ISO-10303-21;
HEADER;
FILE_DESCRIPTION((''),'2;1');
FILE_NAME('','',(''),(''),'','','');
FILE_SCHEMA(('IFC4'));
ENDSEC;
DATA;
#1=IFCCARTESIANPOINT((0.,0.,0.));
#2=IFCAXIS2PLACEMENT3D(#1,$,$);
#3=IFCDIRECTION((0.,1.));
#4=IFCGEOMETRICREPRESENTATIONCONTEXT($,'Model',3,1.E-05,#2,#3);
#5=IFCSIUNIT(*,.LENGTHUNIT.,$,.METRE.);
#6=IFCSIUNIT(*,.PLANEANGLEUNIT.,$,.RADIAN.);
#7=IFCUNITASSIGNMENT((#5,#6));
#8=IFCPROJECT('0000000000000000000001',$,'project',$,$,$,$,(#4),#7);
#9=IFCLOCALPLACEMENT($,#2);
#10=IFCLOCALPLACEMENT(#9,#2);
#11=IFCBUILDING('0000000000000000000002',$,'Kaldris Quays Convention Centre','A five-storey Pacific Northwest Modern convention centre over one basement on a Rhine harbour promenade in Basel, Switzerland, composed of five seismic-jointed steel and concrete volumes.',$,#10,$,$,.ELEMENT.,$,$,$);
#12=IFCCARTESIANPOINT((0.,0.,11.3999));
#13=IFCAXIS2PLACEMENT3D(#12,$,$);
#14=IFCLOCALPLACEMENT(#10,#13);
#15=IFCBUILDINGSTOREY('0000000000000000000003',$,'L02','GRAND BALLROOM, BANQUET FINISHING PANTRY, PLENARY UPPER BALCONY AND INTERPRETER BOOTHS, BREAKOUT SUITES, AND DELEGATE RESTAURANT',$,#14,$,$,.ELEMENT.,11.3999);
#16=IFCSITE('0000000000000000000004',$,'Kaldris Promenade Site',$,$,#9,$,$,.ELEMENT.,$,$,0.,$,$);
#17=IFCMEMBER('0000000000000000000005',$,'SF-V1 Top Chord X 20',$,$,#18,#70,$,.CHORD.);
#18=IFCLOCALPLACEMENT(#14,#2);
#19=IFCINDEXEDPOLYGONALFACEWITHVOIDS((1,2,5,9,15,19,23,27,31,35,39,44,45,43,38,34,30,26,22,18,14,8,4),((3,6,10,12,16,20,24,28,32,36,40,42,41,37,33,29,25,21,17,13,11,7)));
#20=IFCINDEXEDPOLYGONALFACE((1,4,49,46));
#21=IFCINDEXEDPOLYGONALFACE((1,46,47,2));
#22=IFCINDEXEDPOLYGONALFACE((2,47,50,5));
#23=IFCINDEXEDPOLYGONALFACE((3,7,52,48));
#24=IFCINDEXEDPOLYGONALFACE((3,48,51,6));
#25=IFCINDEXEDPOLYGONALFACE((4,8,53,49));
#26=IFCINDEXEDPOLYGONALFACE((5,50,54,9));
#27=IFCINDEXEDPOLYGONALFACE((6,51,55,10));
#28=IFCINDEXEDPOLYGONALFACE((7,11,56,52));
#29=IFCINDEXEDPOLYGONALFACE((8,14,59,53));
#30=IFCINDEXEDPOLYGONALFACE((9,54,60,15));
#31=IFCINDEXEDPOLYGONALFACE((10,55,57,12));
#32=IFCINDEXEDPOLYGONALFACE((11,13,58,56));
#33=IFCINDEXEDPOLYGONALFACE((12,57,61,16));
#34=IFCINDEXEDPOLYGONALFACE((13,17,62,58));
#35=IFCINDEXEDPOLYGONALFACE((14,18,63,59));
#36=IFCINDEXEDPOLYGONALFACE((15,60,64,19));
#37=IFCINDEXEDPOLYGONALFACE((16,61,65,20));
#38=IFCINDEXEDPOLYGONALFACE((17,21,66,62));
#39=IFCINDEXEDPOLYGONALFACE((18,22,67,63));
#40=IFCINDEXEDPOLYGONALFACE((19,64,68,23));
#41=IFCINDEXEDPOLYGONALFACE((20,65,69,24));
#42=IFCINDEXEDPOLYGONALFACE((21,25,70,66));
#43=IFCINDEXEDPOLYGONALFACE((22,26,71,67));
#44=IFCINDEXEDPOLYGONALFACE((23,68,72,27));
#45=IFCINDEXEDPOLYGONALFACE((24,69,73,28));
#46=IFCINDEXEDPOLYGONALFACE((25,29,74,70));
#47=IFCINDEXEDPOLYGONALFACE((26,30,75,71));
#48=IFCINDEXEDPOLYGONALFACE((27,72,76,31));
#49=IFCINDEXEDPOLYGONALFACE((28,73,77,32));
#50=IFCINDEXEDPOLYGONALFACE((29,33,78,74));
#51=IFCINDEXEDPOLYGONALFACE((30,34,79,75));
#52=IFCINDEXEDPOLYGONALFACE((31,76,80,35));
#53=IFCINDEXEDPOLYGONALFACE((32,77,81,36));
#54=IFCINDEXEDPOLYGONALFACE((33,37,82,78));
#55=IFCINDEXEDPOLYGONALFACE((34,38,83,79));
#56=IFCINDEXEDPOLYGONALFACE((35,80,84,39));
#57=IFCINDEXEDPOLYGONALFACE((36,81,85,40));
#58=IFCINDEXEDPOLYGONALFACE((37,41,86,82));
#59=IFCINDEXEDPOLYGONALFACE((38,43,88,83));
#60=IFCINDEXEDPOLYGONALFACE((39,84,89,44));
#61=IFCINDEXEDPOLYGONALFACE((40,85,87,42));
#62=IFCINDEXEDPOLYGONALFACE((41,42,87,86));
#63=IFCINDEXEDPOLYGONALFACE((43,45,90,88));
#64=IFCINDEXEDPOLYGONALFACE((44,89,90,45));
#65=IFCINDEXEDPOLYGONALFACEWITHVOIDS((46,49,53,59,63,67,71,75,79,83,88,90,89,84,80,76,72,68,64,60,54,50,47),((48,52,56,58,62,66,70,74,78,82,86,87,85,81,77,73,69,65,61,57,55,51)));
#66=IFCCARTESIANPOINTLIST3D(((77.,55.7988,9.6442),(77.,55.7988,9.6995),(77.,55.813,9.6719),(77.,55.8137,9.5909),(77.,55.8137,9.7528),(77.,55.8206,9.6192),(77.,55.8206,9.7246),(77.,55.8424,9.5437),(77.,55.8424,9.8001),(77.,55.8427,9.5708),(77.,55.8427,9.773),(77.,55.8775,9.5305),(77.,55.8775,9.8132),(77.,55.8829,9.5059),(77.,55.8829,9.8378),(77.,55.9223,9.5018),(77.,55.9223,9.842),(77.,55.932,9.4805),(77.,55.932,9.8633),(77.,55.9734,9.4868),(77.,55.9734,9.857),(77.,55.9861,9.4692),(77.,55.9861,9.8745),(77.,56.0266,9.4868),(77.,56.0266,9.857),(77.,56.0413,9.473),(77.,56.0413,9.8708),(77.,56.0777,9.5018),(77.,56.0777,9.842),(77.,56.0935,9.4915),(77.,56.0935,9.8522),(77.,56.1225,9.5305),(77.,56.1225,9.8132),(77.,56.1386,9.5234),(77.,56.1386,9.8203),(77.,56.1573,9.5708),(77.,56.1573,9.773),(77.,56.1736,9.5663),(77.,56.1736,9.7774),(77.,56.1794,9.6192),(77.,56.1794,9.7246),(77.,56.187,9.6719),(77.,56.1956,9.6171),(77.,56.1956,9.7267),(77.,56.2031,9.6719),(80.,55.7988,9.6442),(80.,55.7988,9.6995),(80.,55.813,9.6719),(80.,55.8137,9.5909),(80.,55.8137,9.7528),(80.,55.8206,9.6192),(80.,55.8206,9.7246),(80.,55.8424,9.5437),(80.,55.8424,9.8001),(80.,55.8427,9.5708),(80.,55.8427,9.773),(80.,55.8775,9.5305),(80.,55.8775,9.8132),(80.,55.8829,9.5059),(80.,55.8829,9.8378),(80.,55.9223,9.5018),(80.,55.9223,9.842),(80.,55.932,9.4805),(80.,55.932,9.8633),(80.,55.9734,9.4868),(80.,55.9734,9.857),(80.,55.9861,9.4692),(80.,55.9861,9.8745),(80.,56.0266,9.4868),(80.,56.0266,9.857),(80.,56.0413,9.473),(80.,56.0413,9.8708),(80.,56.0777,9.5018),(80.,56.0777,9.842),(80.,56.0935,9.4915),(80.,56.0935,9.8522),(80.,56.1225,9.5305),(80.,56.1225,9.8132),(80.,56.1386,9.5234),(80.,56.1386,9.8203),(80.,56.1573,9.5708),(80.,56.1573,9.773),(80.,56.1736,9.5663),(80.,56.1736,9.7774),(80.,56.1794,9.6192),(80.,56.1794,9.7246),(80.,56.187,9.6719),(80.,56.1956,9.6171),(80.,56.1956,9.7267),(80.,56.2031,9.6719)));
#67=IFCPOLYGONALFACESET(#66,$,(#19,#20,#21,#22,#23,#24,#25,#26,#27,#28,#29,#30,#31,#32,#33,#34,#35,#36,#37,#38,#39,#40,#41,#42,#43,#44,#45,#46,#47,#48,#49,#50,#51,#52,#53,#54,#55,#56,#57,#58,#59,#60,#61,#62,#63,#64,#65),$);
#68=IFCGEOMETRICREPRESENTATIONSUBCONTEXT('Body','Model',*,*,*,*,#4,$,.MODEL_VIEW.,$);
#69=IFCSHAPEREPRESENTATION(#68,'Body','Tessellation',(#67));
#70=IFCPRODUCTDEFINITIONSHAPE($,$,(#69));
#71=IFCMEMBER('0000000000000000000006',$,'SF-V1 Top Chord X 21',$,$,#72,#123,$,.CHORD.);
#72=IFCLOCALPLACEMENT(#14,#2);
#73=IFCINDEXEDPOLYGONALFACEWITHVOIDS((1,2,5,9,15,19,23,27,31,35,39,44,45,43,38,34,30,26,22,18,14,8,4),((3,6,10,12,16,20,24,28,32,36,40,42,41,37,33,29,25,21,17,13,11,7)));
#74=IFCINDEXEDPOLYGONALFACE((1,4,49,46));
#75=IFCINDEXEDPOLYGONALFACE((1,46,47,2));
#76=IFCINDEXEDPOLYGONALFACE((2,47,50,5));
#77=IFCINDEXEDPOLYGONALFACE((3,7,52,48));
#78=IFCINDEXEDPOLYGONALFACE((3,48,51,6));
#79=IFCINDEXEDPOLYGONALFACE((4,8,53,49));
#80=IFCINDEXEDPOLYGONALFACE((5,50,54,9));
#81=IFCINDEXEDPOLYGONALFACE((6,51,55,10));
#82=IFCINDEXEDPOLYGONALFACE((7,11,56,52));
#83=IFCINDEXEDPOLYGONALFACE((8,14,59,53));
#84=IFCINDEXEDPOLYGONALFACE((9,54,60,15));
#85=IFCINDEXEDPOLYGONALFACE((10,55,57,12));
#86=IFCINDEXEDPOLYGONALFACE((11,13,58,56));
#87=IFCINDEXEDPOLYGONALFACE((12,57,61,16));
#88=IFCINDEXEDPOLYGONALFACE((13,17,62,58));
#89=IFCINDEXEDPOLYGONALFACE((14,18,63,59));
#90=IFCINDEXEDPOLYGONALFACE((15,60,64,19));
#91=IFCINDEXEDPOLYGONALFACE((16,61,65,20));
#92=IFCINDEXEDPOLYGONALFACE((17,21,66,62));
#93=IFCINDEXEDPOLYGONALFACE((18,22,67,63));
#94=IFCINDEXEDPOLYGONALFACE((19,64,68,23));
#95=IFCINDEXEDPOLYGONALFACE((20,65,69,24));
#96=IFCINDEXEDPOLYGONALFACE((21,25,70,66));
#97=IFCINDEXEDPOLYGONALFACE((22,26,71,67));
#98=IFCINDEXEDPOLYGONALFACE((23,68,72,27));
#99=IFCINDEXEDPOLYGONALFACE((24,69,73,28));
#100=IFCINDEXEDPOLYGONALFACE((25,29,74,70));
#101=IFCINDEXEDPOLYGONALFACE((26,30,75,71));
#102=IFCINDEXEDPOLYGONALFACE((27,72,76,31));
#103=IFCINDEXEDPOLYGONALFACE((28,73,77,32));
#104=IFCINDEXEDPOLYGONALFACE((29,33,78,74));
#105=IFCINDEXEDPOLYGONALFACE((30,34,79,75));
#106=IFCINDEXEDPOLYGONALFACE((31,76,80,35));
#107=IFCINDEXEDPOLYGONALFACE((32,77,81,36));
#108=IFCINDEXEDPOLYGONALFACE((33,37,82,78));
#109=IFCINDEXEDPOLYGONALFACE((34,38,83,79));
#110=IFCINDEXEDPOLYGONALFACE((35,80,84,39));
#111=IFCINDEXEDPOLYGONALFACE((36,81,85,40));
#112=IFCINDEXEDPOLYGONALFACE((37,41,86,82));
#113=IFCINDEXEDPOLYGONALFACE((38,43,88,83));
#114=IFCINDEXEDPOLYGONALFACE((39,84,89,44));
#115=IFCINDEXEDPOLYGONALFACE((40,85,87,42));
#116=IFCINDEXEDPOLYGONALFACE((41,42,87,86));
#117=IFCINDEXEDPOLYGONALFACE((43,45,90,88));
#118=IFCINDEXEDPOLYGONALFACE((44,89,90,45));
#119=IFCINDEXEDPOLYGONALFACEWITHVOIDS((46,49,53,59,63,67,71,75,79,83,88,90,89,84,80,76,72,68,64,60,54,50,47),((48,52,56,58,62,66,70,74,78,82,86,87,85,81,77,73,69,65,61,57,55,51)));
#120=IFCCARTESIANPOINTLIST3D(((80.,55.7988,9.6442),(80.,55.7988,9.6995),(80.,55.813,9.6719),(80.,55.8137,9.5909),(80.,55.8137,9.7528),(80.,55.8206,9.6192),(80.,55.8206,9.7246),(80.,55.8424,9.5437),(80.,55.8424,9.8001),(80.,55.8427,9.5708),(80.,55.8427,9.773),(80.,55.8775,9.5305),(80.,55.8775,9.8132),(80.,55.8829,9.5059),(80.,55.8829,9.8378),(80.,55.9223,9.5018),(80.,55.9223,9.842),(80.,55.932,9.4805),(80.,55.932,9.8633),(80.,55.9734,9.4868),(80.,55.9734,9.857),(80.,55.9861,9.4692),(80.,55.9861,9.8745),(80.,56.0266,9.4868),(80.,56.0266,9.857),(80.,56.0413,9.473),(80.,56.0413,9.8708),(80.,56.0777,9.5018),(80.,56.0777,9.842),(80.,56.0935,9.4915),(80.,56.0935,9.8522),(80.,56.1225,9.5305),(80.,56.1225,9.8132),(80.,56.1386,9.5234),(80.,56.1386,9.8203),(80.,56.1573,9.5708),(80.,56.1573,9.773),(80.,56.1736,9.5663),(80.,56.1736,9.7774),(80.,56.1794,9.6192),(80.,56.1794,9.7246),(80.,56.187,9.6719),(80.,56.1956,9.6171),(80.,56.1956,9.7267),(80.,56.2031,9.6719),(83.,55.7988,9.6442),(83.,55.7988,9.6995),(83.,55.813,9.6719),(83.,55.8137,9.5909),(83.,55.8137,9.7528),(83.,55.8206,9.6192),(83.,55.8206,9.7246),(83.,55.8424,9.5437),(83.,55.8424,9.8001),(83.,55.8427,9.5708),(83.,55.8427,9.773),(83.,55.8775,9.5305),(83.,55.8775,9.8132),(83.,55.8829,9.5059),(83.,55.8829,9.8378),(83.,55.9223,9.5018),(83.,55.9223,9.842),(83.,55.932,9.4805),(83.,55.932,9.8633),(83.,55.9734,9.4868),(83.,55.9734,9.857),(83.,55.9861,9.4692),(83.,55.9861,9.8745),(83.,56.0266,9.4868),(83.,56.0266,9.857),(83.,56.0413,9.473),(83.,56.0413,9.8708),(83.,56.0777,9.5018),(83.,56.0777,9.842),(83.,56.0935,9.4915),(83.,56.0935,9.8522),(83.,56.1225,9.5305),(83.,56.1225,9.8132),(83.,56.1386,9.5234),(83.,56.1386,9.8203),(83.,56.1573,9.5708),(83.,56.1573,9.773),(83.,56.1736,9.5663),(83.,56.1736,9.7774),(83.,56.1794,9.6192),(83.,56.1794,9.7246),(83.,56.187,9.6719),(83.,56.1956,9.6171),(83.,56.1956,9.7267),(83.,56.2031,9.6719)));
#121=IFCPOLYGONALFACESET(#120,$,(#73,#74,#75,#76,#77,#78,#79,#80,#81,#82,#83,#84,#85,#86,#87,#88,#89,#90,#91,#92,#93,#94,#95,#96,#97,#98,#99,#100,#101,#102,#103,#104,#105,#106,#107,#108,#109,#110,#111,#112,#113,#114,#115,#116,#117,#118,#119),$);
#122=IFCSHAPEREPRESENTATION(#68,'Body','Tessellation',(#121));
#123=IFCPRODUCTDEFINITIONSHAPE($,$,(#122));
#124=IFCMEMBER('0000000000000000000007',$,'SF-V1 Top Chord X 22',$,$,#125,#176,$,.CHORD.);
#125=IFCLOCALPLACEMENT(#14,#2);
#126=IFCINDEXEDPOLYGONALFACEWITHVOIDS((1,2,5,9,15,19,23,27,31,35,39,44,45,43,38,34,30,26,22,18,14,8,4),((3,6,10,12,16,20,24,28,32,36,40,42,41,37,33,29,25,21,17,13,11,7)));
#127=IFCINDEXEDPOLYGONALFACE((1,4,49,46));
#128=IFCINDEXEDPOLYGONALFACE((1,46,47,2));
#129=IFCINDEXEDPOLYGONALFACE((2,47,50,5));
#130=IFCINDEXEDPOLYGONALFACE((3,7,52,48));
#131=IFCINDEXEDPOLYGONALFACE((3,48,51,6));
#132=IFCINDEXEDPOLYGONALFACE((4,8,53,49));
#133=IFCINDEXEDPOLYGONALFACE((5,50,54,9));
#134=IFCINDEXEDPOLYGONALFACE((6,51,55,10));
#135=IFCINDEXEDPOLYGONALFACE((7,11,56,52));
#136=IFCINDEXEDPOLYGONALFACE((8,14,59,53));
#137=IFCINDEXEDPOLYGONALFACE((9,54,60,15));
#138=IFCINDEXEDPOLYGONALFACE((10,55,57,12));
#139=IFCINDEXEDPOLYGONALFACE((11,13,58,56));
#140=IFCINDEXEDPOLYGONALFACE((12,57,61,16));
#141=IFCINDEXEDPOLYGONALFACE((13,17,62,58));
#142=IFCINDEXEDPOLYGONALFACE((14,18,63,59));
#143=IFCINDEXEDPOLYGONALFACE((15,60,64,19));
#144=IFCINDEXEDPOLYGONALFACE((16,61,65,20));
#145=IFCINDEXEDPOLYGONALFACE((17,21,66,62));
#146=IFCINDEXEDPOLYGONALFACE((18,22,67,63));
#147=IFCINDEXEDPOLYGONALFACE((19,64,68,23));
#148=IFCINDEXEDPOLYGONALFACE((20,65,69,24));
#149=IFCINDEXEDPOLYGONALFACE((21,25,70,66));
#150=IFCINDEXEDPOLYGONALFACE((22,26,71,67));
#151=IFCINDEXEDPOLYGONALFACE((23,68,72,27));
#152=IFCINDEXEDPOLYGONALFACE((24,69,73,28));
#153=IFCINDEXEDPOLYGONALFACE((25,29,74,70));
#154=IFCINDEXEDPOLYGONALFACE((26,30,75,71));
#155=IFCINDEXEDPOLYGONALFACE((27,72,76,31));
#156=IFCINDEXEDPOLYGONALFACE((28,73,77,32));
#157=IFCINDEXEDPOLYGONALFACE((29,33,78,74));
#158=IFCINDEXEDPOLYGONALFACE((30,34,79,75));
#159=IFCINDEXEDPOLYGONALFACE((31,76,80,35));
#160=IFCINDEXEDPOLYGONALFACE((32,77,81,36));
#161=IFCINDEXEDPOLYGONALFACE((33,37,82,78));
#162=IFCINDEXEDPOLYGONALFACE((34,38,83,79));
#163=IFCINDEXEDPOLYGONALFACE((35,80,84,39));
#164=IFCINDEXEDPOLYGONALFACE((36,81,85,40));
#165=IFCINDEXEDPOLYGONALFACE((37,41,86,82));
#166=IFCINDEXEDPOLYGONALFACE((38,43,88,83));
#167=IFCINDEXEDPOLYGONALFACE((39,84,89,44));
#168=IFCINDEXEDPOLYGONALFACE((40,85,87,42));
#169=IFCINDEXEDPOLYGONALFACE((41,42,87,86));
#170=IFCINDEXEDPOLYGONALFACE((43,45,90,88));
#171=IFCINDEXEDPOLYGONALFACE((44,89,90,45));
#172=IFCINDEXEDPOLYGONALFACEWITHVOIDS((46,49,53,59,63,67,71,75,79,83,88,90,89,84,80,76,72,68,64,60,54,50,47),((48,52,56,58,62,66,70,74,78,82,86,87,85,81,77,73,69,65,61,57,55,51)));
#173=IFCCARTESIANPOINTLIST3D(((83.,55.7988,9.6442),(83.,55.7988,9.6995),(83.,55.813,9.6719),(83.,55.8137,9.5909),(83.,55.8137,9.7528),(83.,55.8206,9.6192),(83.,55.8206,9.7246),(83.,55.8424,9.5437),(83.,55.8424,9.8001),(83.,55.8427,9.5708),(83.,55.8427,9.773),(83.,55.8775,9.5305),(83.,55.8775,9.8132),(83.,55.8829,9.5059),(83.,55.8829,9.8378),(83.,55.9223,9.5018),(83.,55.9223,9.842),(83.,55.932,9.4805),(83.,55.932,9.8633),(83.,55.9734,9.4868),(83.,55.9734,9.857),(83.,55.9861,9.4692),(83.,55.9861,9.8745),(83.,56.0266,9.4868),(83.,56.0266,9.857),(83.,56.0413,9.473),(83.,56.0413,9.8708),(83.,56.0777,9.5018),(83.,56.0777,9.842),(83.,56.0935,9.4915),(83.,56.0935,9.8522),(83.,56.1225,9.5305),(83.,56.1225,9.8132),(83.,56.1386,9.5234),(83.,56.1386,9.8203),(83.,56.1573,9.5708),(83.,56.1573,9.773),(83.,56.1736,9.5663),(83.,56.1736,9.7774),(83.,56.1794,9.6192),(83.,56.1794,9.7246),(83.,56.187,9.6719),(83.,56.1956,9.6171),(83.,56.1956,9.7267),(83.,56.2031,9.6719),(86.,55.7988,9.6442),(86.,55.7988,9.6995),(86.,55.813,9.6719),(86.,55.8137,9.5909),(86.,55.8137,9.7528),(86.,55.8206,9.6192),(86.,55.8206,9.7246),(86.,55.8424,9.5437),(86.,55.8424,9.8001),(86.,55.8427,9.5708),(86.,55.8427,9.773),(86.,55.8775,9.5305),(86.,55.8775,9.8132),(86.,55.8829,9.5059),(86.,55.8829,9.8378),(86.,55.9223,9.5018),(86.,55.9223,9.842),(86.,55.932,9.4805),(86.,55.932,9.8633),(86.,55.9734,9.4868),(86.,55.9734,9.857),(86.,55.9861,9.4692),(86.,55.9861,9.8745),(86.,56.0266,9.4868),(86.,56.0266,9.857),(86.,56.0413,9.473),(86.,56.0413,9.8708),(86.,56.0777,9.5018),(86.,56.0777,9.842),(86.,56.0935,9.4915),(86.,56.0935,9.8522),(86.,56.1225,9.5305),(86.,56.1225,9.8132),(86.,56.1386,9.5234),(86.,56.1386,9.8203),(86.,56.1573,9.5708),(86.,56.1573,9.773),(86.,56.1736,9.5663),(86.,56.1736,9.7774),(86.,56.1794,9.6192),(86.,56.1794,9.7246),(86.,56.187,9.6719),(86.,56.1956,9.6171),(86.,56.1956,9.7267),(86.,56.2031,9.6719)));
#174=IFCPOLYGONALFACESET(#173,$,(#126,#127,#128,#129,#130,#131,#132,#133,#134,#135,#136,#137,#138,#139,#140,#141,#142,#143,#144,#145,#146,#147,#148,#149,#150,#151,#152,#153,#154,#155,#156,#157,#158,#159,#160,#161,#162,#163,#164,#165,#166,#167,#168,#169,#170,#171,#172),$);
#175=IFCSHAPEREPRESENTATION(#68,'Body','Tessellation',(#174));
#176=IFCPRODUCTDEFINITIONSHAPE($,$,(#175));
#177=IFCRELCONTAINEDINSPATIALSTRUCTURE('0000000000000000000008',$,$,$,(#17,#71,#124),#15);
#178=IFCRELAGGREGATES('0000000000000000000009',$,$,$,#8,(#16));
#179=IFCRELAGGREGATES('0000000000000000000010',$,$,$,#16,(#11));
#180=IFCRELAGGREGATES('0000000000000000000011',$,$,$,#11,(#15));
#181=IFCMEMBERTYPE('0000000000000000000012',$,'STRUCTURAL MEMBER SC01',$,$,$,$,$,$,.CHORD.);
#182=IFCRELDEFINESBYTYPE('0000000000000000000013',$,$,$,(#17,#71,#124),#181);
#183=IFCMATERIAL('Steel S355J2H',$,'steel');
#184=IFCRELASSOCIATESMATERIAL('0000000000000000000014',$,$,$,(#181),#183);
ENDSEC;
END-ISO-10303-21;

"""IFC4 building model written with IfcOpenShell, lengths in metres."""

from ifc_helpers import new_model, si_unit, direction, frame, origin, origin_2d, place, context, subcontext, project, spatial, hollow_circle, extrude, material, material_profile, profile_set, type_object, element, save


model = new_model("IFC4")

# Units and contexts
model_context = context("Model", 3, precision=1e-05, world=origin(), true_north=direction((0.0, 1.0)))
body_context = subcontext(model_context, "Body", "Model", "MODEL_VIEW")
ifc_project = project(units=[si_unit("LENGTHUNIT", "METRE"), si_unit("PLANEANGLEUNIT", "RADIAN")], contexts=[model_context])

# Site, building, storey
site_placement = place(None, origin())
site = spatial("IfcSite", under=ifc_project, at=site_placement, Name="Kaldris Promenade Site", CompositionType="ELEMENT", RefElevation=0.0)
building_placement = place(site_placement, origin())
building = spatial("IfcBuilding", under=site, at=building_placement, Name="Kaldris Quays Convention Centre", Description="A five-storey Pacific Northwest Modern convention centre over one basement on a Rhine harbour promenade in Basel, Switzerland, composed of five seismic-jointed steel and concrete volumes.", CompositionType="ELEMENT")
storey_placement = place(building_placement, frame((0.0, 0.0, 11.3999)))
storey = spatial("IfcBuildingStorey", under=building, at=storey_placement, Name="L02", Description="GRAND BALLROOM, BANQUET FINISHING PANTRY, PLENARY UPPER BALCONY AND INTERPRETER BOOTHS, BREAKOUT SUITES, AND DELEGATE RESTAURANT", CompositionType="ELEMENT", Elevation=11.3999)

# Members
ifc_material_1 = material(Name="Steel S355J2H", Category="steel")
ifc_material_profile_1 = material_profile(ifc_material_1, hollow_circle(Radius=0.2031, WallThickness=0.0161, at=origin_2d()), Name="CHS 406.4x16")
ifc_profile_set_1 = profile_set([ifc_material_profile_1], Name="Steel S355J2H")
member_type_1 = type_object("IfcMemberType", Name="STRUCTURAL MEMBER SC01", PredefinedType="CHORD", material=ifc_profile_set_1)
for number, where, z_axis, x_axis, name in (
    (1, (77.0, 56.0, 9.6719), (1.0, 0.0, 0.0), (0.0, 1.0, 0.0), "SF-V1 Top Chord X 20"),
    (2, (80.0, 56.0, 9.6719), (1.0, 0.0, 0.0), (0.0, 1.0, 0.0), "SF-V1 Top Chord X 21"),
    (3, (83.0, 56.0, 9.6719), (1.0, 0.0, 0.0), (0.0, 1.0, 0.0), "SF-V1 Top Chord X 22"),
):
    element("IfcMember", number, at=place(storey_placement, frame(where, z_axis=z_axis, x_axis=x_axis)), inside=storey, type_object=member_type_1, Name=name, PredefinedType="CHORD", context=body_context, shape_type="SweptSolid", body=[
        extrude(hollow_circle(Radius=0.2031, WallThickness=0.0161, at=origin_2d()), origin(), (0.0, 0.0, 1.0), 3.0),
    ])

save(model, "model.ifc")
